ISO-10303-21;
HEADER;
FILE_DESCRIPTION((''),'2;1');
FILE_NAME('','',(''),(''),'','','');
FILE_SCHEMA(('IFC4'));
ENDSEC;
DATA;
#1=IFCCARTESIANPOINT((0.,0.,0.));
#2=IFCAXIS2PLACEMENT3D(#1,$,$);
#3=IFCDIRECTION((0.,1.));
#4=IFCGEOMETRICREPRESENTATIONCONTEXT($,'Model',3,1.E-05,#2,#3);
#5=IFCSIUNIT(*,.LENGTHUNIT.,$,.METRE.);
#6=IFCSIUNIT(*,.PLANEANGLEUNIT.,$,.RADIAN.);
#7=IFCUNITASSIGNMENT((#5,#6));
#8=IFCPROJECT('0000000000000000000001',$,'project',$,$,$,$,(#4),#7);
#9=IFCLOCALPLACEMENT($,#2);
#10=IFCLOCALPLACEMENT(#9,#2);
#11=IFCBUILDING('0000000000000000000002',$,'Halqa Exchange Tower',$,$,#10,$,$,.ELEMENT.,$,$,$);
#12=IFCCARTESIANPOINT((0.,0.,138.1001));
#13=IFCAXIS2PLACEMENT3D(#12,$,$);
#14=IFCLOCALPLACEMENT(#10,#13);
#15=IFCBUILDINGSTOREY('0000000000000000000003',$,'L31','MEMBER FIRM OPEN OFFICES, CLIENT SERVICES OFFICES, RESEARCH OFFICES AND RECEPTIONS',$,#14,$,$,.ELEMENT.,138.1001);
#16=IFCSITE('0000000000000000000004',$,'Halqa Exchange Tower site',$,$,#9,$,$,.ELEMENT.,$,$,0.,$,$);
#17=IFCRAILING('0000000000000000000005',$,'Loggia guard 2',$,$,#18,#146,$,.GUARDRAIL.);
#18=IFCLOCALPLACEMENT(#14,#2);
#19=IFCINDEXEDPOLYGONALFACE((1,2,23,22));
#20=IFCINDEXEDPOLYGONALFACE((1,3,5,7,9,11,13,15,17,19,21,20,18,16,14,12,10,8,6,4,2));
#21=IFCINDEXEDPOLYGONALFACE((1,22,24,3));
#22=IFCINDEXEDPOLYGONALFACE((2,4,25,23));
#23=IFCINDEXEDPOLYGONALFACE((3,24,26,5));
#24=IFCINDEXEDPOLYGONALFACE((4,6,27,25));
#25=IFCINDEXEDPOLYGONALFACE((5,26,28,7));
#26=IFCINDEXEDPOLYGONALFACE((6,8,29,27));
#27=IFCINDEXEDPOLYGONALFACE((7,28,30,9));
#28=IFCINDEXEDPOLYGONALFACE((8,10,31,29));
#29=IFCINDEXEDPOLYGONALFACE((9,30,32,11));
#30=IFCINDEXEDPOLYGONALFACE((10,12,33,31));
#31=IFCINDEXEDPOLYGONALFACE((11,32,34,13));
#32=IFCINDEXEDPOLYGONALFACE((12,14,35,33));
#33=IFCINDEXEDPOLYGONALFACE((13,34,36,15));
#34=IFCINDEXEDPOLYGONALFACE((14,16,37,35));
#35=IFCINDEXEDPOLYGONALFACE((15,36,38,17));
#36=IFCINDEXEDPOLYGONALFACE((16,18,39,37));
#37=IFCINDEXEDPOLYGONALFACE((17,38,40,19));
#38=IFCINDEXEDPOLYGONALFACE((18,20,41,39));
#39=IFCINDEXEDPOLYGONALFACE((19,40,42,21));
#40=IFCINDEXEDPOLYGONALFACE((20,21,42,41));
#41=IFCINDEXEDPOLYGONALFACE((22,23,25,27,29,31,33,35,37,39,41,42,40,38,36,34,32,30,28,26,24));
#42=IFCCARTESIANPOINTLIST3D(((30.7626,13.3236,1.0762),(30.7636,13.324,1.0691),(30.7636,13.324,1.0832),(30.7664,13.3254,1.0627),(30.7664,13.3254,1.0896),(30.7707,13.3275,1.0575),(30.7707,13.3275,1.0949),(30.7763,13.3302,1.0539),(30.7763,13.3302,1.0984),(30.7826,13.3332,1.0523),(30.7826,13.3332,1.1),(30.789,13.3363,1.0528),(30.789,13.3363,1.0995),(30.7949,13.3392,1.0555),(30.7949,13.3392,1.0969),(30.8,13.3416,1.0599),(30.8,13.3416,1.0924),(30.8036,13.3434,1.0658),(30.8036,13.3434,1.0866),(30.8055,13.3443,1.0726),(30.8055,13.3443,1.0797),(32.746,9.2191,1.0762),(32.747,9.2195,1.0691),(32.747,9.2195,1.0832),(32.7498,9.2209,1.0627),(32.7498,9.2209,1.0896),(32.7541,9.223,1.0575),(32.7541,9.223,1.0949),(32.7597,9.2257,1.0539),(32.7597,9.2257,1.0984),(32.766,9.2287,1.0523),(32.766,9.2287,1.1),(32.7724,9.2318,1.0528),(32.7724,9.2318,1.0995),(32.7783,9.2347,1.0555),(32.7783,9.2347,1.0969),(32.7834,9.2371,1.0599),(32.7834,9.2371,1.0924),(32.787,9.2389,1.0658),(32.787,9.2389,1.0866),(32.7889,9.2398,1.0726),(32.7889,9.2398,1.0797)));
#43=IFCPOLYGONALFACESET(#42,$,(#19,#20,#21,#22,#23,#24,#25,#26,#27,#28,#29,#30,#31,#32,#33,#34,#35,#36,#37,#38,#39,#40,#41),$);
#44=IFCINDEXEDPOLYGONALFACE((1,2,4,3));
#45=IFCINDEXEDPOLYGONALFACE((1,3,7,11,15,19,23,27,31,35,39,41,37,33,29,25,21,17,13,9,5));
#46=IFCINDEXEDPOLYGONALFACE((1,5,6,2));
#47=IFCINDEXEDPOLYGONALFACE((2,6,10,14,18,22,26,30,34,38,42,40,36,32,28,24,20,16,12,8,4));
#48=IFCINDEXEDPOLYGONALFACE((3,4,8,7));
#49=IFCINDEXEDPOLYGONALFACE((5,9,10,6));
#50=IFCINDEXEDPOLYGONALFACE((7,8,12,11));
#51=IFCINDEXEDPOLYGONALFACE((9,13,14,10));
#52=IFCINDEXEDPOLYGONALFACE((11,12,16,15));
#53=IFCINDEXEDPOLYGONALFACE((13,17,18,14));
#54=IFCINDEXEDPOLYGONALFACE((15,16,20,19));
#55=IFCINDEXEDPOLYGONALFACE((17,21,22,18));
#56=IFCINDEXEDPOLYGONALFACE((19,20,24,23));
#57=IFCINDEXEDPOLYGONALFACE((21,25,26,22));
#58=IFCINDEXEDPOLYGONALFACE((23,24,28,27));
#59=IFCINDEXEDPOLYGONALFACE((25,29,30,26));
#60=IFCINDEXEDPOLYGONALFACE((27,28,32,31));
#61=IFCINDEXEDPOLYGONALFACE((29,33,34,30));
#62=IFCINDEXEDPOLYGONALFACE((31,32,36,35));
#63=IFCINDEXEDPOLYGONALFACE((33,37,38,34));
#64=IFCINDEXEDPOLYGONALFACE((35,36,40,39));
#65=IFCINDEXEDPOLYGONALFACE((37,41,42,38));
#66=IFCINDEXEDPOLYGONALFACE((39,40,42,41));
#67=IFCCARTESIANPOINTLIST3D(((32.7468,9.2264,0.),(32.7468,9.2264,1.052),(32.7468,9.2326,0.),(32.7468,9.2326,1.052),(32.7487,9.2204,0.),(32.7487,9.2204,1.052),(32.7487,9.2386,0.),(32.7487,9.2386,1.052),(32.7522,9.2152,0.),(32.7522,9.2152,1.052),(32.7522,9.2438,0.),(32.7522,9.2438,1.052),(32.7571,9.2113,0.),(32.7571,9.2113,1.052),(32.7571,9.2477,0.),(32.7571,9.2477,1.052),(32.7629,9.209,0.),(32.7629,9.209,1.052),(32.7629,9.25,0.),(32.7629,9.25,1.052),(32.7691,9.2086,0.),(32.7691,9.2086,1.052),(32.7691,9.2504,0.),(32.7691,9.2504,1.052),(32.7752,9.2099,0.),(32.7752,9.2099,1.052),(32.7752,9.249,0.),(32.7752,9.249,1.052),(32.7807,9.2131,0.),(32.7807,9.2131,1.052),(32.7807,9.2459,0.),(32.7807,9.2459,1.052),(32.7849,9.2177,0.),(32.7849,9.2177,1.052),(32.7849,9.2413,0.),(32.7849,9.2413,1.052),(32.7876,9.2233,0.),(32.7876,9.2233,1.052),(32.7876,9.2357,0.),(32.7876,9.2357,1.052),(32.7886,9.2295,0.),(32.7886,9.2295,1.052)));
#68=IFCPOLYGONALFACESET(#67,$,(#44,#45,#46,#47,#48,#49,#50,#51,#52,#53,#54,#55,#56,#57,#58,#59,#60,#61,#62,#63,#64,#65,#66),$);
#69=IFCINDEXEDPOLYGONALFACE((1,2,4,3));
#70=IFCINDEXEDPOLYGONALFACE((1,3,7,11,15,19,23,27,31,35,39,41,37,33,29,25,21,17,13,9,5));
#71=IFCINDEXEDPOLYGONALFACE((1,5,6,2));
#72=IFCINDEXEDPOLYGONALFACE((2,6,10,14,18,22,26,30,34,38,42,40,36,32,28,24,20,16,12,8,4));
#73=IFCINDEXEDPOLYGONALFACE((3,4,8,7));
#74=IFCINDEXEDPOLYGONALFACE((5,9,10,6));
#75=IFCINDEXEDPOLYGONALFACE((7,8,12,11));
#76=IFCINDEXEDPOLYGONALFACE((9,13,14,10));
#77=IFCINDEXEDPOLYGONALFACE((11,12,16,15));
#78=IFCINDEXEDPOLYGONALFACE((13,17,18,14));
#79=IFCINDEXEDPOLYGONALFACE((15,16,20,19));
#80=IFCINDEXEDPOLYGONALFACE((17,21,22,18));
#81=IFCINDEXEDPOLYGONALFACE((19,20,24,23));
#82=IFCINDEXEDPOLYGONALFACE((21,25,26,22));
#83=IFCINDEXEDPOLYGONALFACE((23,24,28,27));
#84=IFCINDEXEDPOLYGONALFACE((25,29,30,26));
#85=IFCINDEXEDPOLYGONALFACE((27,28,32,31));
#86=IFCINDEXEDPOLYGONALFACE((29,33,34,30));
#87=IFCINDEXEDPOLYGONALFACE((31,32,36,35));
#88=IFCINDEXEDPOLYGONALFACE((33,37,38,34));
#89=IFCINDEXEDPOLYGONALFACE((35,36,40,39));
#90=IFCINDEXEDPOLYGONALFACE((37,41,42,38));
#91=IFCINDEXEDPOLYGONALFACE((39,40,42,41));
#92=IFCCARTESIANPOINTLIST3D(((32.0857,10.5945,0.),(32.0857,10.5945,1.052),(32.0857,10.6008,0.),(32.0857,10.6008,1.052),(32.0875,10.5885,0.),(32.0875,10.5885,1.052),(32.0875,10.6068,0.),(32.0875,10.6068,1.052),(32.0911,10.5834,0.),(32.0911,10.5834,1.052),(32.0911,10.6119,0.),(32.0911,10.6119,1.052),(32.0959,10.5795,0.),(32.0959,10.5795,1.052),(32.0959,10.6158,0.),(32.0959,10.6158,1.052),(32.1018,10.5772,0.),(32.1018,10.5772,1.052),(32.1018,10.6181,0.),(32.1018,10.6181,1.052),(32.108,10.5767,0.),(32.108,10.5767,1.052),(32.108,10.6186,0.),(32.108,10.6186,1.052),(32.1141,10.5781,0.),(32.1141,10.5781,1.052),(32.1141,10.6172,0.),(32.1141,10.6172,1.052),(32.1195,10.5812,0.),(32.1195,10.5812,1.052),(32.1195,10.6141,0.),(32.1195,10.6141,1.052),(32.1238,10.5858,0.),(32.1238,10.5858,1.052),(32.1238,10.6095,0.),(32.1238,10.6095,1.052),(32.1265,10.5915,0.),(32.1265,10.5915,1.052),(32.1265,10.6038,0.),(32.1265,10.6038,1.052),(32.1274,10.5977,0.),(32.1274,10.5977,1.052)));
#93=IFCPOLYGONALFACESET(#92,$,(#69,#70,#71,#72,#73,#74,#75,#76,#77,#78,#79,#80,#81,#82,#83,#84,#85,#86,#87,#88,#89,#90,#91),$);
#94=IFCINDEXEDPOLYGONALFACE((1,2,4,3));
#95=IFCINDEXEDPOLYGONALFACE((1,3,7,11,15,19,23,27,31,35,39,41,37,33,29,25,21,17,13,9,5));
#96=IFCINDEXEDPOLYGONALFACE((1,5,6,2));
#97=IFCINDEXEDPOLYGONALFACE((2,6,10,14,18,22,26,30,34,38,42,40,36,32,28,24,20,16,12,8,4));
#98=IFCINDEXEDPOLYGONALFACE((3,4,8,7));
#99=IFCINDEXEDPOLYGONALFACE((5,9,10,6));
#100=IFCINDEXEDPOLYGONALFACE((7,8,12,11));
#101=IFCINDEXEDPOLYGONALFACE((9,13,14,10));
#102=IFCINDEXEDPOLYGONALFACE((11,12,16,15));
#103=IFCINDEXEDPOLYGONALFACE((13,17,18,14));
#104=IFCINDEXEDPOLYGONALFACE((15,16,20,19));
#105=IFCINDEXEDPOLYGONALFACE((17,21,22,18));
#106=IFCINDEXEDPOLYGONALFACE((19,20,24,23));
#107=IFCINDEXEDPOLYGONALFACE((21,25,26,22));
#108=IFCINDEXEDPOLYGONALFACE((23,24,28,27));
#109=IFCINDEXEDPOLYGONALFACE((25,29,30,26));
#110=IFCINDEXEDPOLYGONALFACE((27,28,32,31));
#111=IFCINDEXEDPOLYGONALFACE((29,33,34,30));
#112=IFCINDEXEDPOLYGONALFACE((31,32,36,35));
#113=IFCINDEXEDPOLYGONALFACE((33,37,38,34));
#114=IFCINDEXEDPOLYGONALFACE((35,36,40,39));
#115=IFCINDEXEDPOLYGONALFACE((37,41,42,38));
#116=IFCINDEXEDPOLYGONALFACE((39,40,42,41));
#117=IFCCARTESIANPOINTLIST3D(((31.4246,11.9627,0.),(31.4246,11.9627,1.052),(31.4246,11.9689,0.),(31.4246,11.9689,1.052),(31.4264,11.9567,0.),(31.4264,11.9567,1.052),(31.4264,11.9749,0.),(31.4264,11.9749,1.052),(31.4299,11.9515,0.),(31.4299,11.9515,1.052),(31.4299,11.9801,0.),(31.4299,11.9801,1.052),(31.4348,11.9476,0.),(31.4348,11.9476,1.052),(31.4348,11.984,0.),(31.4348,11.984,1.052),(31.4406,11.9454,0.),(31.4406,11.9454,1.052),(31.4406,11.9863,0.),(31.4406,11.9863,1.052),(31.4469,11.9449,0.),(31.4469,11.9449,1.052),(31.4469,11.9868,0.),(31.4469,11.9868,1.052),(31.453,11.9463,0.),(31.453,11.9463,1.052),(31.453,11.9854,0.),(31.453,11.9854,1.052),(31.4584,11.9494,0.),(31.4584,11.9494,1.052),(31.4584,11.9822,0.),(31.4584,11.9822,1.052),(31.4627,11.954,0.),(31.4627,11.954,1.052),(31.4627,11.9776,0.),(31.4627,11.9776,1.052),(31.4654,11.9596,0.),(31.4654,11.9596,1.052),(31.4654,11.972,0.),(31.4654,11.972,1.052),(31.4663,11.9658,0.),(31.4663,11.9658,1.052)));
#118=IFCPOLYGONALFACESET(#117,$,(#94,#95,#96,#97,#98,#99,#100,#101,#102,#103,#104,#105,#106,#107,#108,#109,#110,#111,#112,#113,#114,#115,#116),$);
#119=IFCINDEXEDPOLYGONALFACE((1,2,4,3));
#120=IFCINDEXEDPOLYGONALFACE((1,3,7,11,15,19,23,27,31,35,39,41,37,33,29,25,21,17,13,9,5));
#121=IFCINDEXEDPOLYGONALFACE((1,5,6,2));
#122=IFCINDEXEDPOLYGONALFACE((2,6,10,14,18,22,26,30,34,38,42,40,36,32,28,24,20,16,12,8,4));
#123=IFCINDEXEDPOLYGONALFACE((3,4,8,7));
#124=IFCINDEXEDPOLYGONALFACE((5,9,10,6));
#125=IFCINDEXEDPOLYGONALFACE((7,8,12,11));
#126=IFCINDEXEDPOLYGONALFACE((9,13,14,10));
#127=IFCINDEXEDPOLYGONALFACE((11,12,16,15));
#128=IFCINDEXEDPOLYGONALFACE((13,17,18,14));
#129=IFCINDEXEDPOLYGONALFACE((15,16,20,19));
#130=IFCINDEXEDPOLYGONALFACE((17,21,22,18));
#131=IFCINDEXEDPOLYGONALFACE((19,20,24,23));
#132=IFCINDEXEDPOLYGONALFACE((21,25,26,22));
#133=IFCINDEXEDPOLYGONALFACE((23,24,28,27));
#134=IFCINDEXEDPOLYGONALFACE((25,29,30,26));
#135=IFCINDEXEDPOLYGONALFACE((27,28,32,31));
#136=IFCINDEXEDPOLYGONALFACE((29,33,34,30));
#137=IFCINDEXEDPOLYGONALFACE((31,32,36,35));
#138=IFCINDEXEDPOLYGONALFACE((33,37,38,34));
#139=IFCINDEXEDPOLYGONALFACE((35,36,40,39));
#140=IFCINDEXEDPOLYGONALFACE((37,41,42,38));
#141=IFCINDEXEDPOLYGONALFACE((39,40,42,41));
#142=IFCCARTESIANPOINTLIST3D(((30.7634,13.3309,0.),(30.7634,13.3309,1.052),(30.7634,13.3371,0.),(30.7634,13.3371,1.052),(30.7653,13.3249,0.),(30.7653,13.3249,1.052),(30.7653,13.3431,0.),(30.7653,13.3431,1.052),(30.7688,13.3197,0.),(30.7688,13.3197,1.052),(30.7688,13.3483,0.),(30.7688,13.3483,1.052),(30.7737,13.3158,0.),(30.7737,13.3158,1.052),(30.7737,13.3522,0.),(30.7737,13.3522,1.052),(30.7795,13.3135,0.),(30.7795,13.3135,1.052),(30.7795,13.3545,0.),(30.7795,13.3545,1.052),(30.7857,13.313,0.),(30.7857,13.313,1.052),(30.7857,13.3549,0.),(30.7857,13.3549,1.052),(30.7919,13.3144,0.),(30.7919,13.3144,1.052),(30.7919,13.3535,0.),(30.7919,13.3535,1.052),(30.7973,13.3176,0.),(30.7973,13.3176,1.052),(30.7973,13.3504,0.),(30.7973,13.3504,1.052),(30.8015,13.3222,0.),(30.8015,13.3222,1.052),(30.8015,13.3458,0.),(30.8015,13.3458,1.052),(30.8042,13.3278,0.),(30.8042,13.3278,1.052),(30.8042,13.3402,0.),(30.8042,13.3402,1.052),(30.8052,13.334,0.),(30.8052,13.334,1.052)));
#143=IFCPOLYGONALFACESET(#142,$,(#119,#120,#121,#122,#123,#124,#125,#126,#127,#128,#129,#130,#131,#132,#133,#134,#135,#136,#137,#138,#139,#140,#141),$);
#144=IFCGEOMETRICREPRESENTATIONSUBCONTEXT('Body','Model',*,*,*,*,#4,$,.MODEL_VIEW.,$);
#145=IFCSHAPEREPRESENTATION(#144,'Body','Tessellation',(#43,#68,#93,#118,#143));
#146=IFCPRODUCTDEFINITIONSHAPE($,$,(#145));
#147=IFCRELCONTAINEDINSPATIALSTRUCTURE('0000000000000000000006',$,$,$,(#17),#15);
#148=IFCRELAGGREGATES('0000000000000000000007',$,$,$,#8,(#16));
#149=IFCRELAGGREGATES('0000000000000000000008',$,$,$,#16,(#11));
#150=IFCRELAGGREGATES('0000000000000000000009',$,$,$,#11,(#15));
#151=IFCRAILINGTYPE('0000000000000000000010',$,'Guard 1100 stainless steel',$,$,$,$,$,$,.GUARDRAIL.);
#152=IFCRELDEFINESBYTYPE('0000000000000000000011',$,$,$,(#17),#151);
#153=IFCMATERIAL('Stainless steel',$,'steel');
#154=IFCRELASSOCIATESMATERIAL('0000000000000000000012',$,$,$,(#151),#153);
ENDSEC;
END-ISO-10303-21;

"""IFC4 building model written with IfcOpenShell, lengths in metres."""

from ifc_helpers import new_model, si_unit, direction, frame, origin, origin_2d, place, context, subcontext, project, spatial, circle, extrude, material, type_object, element, save


model = new_model("IFC4")

# Units and contexts
model_context = context("Model", 3, precision=1e-05, world=origin(), true_north=direction((0.0, 1.0)))
body_context = subcontext(model_context, "Body", "Model", "MODEL_VIEW")
ifc_project = project(units=[si_unit("LENGTHUNIT", "METRE"), si_unit("PLANEANGLEUNIT", "RADIAN")], contexts=[model_context])

# Site, building, storey
site_placement = place(None, origin())
site = spatial("IfcSite", under=ifc_project, at=site_placement, Name="Halqa Exchange Tower site", CompositionType="ELEMENT", RefElevation=0.0)
building_placement = place(site_placement, origin())
building = spatial("IfcBuilding", under=site, at=building_placement, Name="Halqa Exchange Tower", CompositionType="ELEMENT")
storey_placement = place(building_placement, frame((0.0, 0.0, 138.1001)))
storey = spatial("IfcBuildingStorey", under=building, at=storey_placement, Name="L31", Description="MEMBER FIRM OPEN OFFICES, CLIENT SERVICES OFFICES, RESEARCH OFFICES AND RECEPTIONS", CompositionType="ELEMENT", Elevation=138.1001)

# Railing
ifc_material_1 = material(Name="Stainless steel", Category="steel")
railing_type = type_object("IfcRailingType", Name="Guard 1100 stainless steel", PredefinedType="GUARDRAIL", material=ifc_material_1)
railing_1_placement = place(storey_placement, frame((32.7676, 9.2295, 0.0)))
element("IfcRailing", 1, at=railing_1_placement, inside=storey, type_object=railing_type, Name="Loggia guard 2", PredefinedType="GUARDRAIL", context=body_context, shape_type="SweptSolid", body=[
    extrude(circle(Radius=0.0239, at=origin_2d()), frame((0.0, 0.0, 1.0762), z_axis=(-0.435091, 0.900387, 0.0), x_axis=(-0.900387, -0.435091, 0.0)), (0.0, 0.0, 1.0), 4.5586),
    extrude(circle(Radius=0.021, at=origin_2d()), origin(), (0.0, 0.0, 1.0), 1.052),
    extrude(circle(Radius=0.021, at=origin_2d()), frame((-0.6611, 1.3682, 0.0)), (0.0, 0.0, 1.0), 1.052),
    extrude(circle(Radius=0.021, at=origin_2d()), frame((-1.3223, 2.7363, 0.0)), (0.0, 0.0, 1.0), 1.052),
    extrude(circle(Radius=0.021, at=origin_2d()), frame((-1.9834, 4.1045, 0.0)), (0.0, 0.0, 1.0), 1.052),
])

save(model, "model.ifc")
